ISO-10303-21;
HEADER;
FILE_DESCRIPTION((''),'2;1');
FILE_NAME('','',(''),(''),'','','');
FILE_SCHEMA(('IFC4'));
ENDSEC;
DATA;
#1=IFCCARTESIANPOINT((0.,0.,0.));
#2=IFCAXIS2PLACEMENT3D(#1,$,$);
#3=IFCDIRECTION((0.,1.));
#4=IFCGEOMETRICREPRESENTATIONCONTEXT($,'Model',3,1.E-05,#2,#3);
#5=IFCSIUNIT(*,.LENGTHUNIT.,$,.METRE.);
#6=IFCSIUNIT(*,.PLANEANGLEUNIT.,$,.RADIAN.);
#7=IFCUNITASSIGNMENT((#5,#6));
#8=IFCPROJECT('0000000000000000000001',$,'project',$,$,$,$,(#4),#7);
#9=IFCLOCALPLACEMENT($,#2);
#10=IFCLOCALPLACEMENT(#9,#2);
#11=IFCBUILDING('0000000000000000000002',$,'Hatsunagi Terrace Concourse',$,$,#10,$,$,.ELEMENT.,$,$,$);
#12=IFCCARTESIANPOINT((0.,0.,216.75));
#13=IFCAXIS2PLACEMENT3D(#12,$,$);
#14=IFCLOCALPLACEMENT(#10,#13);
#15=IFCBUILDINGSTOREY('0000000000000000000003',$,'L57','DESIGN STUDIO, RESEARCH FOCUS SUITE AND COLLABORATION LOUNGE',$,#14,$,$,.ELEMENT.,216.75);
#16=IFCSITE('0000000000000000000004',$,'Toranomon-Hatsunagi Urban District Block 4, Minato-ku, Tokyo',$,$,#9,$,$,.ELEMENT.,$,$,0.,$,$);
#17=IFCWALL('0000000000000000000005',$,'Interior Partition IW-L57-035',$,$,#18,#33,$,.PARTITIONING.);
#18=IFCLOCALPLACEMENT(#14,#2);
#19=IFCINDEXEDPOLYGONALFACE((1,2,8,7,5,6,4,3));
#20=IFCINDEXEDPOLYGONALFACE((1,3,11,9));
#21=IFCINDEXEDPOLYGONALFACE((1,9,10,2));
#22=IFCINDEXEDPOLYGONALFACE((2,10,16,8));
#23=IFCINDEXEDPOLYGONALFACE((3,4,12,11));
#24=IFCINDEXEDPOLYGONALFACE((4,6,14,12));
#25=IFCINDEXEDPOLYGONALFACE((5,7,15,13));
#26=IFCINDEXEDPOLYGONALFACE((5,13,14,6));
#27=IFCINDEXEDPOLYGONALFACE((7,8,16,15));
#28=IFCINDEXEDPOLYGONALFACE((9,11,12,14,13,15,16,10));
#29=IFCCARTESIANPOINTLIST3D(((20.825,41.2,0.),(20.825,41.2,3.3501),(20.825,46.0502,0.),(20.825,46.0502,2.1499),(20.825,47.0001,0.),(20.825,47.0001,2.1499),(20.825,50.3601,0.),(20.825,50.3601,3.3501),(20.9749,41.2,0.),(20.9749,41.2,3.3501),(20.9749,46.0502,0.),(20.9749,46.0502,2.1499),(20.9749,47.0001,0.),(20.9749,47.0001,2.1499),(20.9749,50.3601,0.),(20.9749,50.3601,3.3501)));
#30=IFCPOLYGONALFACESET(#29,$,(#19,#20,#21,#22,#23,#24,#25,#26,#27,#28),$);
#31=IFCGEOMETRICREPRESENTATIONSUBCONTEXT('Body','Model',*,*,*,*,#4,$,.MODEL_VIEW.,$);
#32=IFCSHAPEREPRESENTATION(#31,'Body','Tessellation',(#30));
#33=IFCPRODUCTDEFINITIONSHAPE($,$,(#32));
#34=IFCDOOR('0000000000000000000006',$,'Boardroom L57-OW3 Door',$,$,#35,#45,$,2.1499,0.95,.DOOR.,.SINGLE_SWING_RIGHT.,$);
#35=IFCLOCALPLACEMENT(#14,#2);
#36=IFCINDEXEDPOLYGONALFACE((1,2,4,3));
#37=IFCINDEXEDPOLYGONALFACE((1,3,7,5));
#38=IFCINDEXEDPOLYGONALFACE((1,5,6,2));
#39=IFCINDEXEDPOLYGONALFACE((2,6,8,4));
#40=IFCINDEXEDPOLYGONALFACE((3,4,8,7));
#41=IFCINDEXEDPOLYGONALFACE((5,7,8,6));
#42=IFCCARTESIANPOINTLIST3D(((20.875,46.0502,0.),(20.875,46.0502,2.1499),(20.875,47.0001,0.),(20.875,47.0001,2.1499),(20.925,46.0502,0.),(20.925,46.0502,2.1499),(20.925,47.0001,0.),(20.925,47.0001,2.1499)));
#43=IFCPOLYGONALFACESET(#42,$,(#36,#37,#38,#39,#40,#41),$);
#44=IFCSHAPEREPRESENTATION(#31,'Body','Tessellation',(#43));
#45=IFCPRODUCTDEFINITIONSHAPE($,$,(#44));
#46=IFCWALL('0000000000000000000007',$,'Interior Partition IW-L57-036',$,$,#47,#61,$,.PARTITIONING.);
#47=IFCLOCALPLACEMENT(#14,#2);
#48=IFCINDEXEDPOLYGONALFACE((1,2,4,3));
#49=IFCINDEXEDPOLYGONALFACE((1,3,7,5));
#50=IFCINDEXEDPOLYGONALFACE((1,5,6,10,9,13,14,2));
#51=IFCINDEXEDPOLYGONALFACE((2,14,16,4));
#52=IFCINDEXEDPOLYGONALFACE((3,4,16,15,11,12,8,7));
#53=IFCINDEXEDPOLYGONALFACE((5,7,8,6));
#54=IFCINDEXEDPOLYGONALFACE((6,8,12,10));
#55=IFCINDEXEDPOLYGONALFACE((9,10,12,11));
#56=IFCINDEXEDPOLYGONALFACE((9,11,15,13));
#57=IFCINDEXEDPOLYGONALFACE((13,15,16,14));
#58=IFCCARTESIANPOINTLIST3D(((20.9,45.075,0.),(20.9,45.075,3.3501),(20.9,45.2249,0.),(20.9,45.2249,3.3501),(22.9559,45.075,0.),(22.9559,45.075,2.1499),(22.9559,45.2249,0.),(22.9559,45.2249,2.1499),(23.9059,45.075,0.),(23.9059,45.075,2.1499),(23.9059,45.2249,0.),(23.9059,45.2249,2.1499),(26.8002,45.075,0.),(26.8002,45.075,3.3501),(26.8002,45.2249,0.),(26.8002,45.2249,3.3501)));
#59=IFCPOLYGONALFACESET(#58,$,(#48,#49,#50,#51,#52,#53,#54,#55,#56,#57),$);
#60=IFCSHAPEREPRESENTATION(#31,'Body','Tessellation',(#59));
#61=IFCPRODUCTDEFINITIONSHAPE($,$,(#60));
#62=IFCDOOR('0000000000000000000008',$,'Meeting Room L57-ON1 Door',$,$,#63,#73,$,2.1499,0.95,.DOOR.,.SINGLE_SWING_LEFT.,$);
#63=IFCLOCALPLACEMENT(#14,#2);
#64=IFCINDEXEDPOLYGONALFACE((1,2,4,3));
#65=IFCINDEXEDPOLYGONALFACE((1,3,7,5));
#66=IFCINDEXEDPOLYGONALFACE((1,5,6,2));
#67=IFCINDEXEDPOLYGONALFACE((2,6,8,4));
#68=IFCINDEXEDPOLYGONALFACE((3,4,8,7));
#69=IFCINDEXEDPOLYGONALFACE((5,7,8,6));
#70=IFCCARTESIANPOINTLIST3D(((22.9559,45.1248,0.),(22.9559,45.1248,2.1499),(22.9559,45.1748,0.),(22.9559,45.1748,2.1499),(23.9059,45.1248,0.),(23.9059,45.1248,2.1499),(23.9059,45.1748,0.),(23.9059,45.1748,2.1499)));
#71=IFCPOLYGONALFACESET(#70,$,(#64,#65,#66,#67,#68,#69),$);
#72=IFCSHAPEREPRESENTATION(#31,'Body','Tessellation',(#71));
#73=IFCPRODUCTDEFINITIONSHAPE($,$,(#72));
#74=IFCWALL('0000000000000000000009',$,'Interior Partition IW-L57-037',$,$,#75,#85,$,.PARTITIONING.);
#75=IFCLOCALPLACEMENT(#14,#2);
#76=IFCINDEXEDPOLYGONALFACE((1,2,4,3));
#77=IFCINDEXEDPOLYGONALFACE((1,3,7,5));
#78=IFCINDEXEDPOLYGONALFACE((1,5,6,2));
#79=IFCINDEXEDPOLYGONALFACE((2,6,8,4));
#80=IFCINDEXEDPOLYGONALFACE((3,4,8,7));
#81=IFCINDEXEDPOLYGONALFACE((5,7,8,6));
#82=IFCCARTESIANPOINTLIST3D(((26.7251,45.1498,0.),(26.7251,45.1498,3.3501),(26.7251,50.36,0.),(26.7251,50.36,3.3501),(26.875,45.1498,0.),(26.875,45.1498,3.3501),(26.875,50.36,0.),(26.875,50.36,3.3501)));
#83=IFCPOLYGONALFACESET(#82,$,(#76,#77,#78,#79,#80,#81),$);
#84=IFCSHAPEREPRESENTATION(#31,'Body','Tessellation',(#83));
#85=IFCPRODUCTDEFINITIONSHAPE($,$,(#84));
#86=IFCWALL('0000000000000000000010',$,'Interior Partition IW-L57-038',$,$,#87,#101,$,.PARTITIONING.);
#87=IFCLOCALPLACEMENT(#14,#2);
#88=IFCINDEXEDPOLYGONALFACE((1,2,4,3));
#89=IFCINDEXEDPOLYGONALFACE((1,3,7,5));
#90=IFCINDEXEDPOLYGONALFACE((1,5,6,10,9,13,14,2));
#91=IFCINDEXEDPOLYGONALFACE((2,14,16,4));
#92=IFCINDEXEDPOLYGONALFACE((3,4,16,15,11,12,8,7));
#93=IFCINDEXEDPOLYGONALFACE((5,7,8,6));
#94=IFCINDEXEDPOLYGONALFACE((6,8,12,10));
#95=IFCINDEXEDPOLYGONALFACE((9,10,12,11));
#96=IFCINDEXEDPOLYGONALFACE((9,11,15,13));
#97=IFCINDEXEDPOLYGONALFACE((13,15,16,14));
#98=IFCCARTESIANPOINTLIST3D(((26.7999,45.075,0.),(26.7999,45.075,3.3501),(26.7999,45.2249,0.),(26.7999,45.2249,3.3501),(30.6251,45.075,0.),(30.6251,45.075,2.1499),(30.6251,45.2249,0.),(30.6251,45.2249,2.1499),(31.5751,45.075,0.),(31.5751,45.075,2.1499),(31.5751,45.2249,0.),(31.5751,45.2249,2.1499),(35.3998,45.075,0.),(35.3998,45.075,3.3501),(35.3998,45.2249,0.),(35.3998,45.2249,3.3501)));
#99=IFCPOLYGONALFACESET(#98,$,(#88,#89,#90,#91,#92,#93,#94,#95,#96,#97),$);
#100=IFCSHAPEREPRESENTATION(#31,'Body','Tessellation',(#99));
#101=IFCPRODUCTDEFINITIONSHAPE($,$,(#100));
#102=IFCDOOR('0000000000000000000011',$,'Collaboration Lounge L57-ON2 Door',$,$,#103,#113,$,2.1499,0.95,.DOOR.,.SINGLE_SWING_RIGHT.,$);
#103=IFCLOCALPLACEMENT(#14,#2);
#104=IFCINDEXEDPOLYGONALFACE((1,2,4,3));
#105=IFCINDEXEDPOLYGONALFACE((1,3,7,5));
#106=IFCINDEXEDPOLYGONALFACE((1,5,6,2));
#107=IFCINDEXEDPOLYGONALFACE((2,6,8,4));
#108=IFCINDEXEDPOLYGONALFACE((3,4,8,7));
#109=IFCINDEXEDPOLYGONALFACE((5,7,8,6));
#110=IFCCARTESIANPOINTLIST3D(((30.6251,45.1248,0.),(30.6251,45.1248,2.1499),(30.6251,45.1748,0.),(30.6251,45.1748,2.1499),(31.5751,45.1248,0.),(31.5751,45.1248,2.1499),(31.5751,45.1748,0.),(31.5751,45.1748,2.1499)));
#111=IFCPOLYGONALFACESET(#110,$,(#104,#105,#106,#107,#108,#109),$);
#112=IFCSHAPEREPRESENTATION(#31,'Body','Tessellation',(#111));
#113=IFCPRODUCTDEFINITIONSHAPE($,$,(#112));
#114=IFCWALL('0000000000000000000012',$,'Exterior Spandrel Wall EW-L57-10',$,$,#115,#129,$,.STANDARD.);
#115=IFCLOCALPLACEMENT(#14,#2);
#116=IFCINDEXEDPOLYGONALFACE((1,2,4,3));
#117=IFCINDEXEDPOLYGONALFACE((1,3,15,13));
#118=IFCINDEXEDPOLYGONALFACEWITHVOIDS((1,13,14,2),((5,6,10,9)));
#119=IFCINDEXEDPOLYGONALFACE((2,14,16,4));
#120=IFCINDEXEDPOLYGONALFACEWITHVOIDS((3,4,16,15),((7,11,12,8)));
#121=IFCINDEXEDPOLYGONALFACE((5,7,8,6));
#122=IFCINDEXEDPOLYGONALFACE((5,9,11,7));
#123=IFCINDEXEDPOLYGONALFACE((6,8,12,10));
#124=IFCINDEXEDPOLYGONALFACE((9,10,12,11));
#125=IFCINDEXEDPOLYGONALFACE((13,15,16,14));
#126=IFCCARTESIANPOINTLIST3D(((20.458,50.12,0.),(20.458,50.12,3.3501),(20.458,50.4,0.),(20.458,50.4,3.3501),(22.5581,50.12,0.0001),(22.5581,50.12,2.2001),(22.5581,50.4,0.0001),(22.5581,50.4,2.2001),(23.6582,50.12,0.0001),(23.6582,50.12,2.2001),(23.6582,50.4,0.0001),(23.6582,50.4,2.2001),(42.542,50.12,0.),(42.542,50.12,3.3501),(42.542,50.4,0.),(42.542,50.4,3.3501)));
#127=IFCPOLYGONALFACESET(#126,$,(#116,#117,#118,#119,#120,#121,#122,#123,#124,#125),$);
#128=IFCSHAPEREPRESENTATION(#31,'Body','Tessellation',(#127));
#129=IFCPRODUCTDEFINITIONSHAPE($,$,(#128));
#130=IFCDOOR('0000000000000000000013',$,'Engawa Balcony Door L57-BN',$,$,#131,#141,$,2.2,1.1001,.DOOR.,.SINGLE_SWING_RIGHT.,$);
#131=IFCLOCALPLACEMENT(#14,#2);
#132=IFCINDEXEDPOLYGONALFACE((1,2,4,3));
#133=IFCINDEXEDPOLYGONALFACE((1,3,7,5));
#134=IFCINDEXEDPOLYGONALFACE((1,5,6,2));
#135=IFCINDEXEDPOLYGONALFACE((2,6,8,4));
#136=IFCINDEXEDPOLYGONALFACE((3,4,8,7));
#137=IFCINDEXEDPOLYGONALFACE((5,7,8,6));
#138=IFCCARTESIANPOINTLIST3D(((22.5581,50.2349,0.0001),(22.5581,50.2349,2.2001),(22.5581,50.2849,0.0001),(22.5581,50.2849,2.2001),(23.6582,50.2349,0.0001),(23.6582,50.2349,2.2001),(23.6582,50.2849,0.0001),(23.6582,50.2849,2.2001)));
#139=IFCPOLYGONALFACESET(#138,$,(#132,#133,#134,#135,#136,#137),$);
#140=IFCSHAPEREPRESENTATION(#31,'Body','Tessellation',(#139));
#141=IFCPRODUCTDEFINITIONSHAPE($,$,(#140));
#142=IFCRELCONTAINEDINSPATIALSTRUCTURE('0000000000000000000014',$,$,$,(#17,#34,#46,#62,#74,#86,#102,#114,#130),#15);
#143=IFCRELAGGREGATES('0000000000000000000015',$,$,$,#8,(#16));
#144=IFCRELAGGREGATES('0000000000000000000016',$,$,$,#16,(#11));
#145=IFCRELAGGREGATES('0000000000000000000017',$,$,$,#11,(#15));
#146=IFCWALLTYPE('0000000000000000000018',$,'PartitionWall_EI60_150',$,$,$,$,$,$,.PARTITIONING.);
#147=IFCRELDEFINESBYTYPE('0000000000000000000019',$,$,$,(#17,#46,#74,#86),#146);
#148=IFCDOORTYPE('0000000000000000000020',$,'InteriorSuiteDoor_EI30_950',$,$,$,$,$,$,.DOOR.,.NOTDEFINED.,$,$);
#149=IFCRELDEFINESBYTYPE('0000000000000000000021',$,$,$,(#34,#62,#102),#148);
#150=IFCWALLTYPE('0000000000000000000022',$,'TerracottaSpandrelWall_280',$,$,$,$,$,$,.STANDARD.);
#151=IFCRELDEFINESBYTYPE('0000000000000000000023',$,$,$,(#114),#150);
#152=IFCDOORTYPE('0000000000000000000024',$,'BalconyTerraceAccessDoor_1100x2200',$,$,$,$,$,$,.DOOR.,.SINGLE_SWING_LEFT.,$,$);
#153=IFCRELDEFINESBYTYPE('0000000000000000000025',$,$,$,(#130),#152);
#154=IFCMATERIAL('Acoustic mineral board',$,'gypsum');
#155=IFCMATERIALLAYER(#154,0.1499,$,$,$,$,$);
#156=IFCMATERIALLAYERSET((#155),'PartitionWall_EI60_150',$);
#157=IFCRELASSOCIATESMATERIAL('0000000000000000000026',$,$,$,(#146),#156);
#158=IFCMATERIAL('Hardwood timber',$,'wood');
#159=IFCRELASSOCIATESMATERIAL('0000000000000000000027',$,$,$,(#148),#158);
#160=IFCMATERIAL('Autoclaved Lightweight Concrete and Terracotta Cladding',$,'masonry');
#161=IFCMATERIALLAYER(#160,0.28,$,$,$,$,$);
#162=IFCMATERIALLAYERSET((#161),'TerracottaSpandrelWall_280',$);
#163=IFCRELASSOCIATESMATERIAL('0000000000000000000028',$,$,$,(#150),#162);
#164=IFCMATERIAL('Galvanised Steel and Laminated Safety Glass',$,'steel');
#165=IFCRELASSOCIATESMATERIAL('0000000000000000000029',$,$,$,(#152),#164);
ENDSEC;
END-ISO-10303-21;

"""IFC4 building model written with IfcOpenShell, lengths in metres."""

from ifc_helpers import new_model, si_unit, direction, frame, frame_2d, origin, place, context, subcontext, project, spatial, rectangle, extrude, material, layer, layer_set, type_object, element, fill, save


model = new_model("IFC4")

# Units and contexts
model_context = context("Model", 3, precision=1e-05, world=origin(), true_north=direction((0.0, 1.0)))
body_context = subcontext(model_context, "Body", "Model", "MODEL_VIEW")
ifc_project = project(units=[si_unit("LENGTHUNIT", "METRE"), si_unit("PLANEANGLEUNIT", "RADIAN")], contexts=[model_context])

# Site, building, storey
site_placement = place(None, origin())
site = spatial("IfcSite", under=ifc_project, at=site_placement, Name="Toranomon-Hatsunagi Urban District Block 4, Minato-ku, Tokyo", CompositionType="ELEMENT", RefElevation=0.0)
building_placement = place(site_placement, origin())
building = spatial("IfcBuilding", under=site, at=building_placement, Name="Hatsunagi Terrace Concourse", CompositionType="ELEMENT")
storey_placement = place(building_placement, frame((0.0, 0.0, 216.75)))
storey = spatial("IfcBuildingStorey", under=building, at=storey_placement, Name="L57", Description="DESIGN STUDIO, RESEARCH FOCUS SUITE AND COLLABORATION LOUNGE", CompositionType="ELEMENT", Elevation=216.75)

# Walls, openings, doors
ifc_material_1 = material(Name="Acoustic mineral board", Category="gypsum")
ifc_layer_1 = layer(ifc_material_1, 0.1499)
ifc_layer_set_1 = layer_set([ifc_layer_1], Name="PartitionWall_EI60_150")
wall_type_1 = type_object("IfcWallType", Name="PartitionWall_EI60_150", PredefinedType="PARTITIONING", material=ifc_layer_set_1)
wall_1_placement = place(storey_placement, frame((20.8999, 41.2, 0.0), z_axis=(0.0, 0.0, 1.0), x_axis=(0.0, 1.0, 0.0)))
wall_1 = element("IfcWall", 1, at=wall_1_placement, inside=storey, type_object=wall_type_1, Name="Interior Partition IW-L57-035", PredefinedType="PARTITIONING", context=body_context, shape_type="SweptSolid", body=[
    extrude(rectangle(XDim=9.1602, YDim=0.1499, at=frame_2d((4.5801, 0.0))), origin(), (0.0, 0.0, 1.0), 3.3501),
])
opening_1_placement = place(wall_1_placement, frame((4.8501, 0.0, 0.0)))
opening_1 = element("IfcOpeningElement", 2, at=opening_1_placement, cuts=wall_1, PredefinedType="OPENING", context=body_context, shape_type="SweptSolid", body=[
    extrude(rectangle(XDim=0.95, YDim=2.1499, at=frame_2d((0.4751, 1.075))), frame((0.0, 0.085, 0.0), z_axis=(0.0, -1.0, 0.0), x_axis=(1.0, 0.0, 0.0)), (0.0, 0.0, 1.0), 0.1699),
])
ifc_material_2 = material(Name="Hardwood timber", Category="wood")
door_type_1 = type_object("IfcDoorType", Name="InteriorSuiteDoor_EI30_950", OperationType="NOTDEFINED", PredefinedType="DOOR", material=ifc_material_2)
door_1_placement = place(opening_1_placement, origin())
door_1 = element("IfcDoor", 3, at=door_1_placement, inside=storey, type_object=door_type_1, Name="Boardroom L57-OW3 Door", OperationType="SINGLE_SWING_RIGHT", OverallHeight=2.1499, OverallWidth=0.95, PredefinedType="DOOR", context=body_context, shape_type="SweptSolid", body=[
    extrude(rectangle(XDim=0.95, YDim=2.1499, at=frame_2d((0.4751, 1.075))), frame((0.0, 0.0249, 0.0), z_axis=(0.0, -1.0, 0.0), x_axis=(1.0, 0.0, 0.0)), (0.0, 0.0, 1.0), 0.05),
])
fill(opening_1, door_1)
wall_2_placement = place(storey_placement, frame((20.8999, 45.1499, 0.0), z_axis=(0.0, 0.0, 1.0), x_axis=(1.0, 0.0, 0.0)))
wall_2 = element("IfcWall", 4, at=wall_2_placement, inside=storey, type_object=wall_type_1, Name="Interior Partition IW-L57-036", PredefinedType="PARTITIONING", context=body_context, shape_type="SweptSolid", body=[
    extrude(rectangle(XDim=5.9001, YDim=0.1499, at=frame_2d((2.9502, 0.0))), origin(), (0.0, 0.0, 1.0), 3.3501),
])
opening_2_placement = place(wall_2_placement, frame((2.0559, 0.0, 0.0)))
opening_2 = element("IfcOpeningElement", 5, at=opening_2_placement, cuts=wall_2, PredefinedType="OPENING", context=body_context, shape_type="SweptSolid", body=[
    extrude(rectangle(XDim=0.95, YDim=2.1499, at=frame_2d((0.4751, 1.075))), frame((0.0, 0.085, 0.0), z_axis=(0.0, -1.0, 0.0), x_axis=(1.0, 0.0, 0.0)), (0.0, 0.0, 1.0), 0.1699),
])
door_2_placement = place(opening_2_placement, origin())
door_2 = element("IfcDoor", 6, at=door_2_placement, inside=storey, type_object=door_type_1, Name="Meeting Room L57-ON1 Door", OperationType="SINGLE_SWING_LEFT", OverallHeight=2.1499, OverallWidth=0.95, PredefinedType="DOOR", context=body_context, shape_type="SweptSolid", body=[
    extrude(rectangle(XDim=0.95, YDim=2.1499, at=frame_2d((0.4751, 1.075))), frame((0.0, 0.0249, 0.0), z_axis=(0.0, -1.0, 0.0), x_axis=(1.0, 0.0, 0.0)), (0.0, 0.0, 1.0), 0.05),
])
fill(opening_2, door_2)

# Wall
wall_3_placement = place(storey_placement, frame((26.8, 45.1499, 0.0), z_axis=(0.0, 0.0, 1.0), x_axis=(0.0, 1.0, 0.0)))
element("IfcWall", 7, at=wall_3_placement, inside=storey, type_object=wall_type_1, Name="Interior Partition IW-L57-037", PredefinedType="PARTITIONING", context=body_context, shape_type="SweptSolid", body=[
    extrude(rectangle(XDim=5.2102, YDim=0.1499, at=frame_2d((2.605, 0.0))), origin(), (0.0, 0.0, 1.0), 3.3501),
])

# Walls, openings, doors
wall_4_placement = place(storey_placement, frame((26.8, 45.1499, 0.0), z_axis=(0.0, 0.0, 1.0), x_axis=(1.0, 0.0, 0.0)))
wall_4 = element("IfcWall", 8, at=wall_4_placement, inside=storey, type_object=wall_type_1, Name="Interior Partition IW-L57-038", PredefinedType="PARTITIONING", context=body_context, shape_type="SweptSolid", body=[
    extrude(rectangle(XDim=8.5999, YDim=0.1499, at=frame_2d((4.2998, 0.0))), origin(), (0.0, 0.0, 1.0), 3.3501),
])
opening_3_placement = place(wall_4_placement, frame((3.825, 0.0, 0.0)))
opening_3 = element("IfcOpeningElement", 9, at=opening_3_placement, cuts=wall_4, PredefinedType="OPENING", context=body_context, shape_type="SweptSolid", body=[
    extrude(rectangle(XDim=0.95, YDim=2.1499, at=frame_2d((0.4751, 1.075))), frame((0.0, 0.085, 0.0), z_axis=(0.0, -1.0, 0.0), x_axis=(1.0, 0.0, 0.0)), (0.0, 0.0, 1.0), 0.1699),
])
door_3_placement = place(opening_3_placement, origin())
door_3 = element("IfcDoor", 10, at=door_3_placement, inside=storey, type_object=door_type_1, Name="Collaboration Lounge L57-ON2 Door", OperationType="SINGLE_SWING_RIGHT", OverallHeight=2.1499, OverallWidth=0.95, PredefinedType="DOOR", context=body_context, shape_type="SweptSolid", body=[
    extrude(rectangle(XDim=0.95, YDim=2.1499, at=frame_2d((0.4751, 1.075))), frame((0.0, 0.0249, 0.0), z_axis=(0.0, -1.0, 0.0), x_axis=(1.0, 0.0, 0.0)), (0.0, 0.0, 1.0), 0.05),
])
fill(opening_3, door_3)
ifc_material_3 = material(Name="Autoclaved Lightweight Concrete and Terracotta Cladding", Category="masonry")
ifc_layer_2 = layer(ifc_material_3, 0.28)
ifc_layer_set_2 = layer_set([ifc_layer_2], Name="TerracottaSpandrelWall_280")
wall_type_2 = type_object("IfcWallType", Name="TerracottaSpandrelWall_280", PredefinedType="STANDARD", material=ifc_layer_set_2)
wall_5_placement = place(storey_placement, frame((20.458, 50.26, 0.0), z_axis=(0.0, 0.0, 1.0), x_axis=(1.0, 0.0, 0.0)))
wall_5 = element("IfcWall", 11, at=wall_5_placement, inside=storey, type_object=wall_type_2, Name="Exterior Spandrel Wall EW-L57-10", PredefinedType="STANDARD", context=body_context, shape_type="SweptSolid", body=[
    extrude(rectangle(XDim=22.084, YDim=0.28, at=frame_2d((11.042, 0.0))), origin(), (0.0, 0.0, 1.0), 3.3501),
])
opening_4_placement = place(wall_5_placement, frame((2.1001, 0.0, 0.0)))
opening_4 = element("IfcOpeningElement", 12, at=opening_4_placement, cuts=wall_5, PredefinedType="OPENING", context=body_context, shape_type="SweptSolid", body=[
    extrude(rectangle(XDim=1.1001, YDim=2.2, at=frame_2d((0.55, 1.1001))), frame((0.0, 0.1499, 0.0), z_axis=(0.0, -1.0, 0.0), x_axis=(1.0, 0.0, 0.0)), (0.0, 0.0, 1.0), 0.3),
])
ifc_material_4 = material(Name="Galvanised Steel and Laminated Safety Glass", Category="steel")
door_type_2 = type_object("IfcDoorType", Name="BalconyTerraceAccessDoor_1100x2200", OperationType="SINGLE_SWING_LEFT", PredefinedType="DOOR", material=ifc_material_4)
door_4_placement = place(opening_4_placement, origin())
door_4 = element("IfcDoor", 13, at=door_4_placement, inside=storey, type_object=door_type_2, Name="Engawa Balcony Door L57-BN", OperationType="SINGLE_SWING_RIGHT", OverallHeight=2.2, OverallWidth=1.1001, PredefinedType="DOOR", context=body_context, shape_type="SweptSolid", body=[
    extrude(rectangle(XDim=1.1001, YDim=2.2, at=frame_2d((0.55, 1.1001))), frame((0.0, 0.0249, 0.0), z_axis=(0.0, -1.0, 0.0), x_axis=(1.0, 0.0, 0.0)), (0.0, 0.0, 1.0), 0.05),
])
fill(opening_4, door_4)

save(model, "model.ifc")
